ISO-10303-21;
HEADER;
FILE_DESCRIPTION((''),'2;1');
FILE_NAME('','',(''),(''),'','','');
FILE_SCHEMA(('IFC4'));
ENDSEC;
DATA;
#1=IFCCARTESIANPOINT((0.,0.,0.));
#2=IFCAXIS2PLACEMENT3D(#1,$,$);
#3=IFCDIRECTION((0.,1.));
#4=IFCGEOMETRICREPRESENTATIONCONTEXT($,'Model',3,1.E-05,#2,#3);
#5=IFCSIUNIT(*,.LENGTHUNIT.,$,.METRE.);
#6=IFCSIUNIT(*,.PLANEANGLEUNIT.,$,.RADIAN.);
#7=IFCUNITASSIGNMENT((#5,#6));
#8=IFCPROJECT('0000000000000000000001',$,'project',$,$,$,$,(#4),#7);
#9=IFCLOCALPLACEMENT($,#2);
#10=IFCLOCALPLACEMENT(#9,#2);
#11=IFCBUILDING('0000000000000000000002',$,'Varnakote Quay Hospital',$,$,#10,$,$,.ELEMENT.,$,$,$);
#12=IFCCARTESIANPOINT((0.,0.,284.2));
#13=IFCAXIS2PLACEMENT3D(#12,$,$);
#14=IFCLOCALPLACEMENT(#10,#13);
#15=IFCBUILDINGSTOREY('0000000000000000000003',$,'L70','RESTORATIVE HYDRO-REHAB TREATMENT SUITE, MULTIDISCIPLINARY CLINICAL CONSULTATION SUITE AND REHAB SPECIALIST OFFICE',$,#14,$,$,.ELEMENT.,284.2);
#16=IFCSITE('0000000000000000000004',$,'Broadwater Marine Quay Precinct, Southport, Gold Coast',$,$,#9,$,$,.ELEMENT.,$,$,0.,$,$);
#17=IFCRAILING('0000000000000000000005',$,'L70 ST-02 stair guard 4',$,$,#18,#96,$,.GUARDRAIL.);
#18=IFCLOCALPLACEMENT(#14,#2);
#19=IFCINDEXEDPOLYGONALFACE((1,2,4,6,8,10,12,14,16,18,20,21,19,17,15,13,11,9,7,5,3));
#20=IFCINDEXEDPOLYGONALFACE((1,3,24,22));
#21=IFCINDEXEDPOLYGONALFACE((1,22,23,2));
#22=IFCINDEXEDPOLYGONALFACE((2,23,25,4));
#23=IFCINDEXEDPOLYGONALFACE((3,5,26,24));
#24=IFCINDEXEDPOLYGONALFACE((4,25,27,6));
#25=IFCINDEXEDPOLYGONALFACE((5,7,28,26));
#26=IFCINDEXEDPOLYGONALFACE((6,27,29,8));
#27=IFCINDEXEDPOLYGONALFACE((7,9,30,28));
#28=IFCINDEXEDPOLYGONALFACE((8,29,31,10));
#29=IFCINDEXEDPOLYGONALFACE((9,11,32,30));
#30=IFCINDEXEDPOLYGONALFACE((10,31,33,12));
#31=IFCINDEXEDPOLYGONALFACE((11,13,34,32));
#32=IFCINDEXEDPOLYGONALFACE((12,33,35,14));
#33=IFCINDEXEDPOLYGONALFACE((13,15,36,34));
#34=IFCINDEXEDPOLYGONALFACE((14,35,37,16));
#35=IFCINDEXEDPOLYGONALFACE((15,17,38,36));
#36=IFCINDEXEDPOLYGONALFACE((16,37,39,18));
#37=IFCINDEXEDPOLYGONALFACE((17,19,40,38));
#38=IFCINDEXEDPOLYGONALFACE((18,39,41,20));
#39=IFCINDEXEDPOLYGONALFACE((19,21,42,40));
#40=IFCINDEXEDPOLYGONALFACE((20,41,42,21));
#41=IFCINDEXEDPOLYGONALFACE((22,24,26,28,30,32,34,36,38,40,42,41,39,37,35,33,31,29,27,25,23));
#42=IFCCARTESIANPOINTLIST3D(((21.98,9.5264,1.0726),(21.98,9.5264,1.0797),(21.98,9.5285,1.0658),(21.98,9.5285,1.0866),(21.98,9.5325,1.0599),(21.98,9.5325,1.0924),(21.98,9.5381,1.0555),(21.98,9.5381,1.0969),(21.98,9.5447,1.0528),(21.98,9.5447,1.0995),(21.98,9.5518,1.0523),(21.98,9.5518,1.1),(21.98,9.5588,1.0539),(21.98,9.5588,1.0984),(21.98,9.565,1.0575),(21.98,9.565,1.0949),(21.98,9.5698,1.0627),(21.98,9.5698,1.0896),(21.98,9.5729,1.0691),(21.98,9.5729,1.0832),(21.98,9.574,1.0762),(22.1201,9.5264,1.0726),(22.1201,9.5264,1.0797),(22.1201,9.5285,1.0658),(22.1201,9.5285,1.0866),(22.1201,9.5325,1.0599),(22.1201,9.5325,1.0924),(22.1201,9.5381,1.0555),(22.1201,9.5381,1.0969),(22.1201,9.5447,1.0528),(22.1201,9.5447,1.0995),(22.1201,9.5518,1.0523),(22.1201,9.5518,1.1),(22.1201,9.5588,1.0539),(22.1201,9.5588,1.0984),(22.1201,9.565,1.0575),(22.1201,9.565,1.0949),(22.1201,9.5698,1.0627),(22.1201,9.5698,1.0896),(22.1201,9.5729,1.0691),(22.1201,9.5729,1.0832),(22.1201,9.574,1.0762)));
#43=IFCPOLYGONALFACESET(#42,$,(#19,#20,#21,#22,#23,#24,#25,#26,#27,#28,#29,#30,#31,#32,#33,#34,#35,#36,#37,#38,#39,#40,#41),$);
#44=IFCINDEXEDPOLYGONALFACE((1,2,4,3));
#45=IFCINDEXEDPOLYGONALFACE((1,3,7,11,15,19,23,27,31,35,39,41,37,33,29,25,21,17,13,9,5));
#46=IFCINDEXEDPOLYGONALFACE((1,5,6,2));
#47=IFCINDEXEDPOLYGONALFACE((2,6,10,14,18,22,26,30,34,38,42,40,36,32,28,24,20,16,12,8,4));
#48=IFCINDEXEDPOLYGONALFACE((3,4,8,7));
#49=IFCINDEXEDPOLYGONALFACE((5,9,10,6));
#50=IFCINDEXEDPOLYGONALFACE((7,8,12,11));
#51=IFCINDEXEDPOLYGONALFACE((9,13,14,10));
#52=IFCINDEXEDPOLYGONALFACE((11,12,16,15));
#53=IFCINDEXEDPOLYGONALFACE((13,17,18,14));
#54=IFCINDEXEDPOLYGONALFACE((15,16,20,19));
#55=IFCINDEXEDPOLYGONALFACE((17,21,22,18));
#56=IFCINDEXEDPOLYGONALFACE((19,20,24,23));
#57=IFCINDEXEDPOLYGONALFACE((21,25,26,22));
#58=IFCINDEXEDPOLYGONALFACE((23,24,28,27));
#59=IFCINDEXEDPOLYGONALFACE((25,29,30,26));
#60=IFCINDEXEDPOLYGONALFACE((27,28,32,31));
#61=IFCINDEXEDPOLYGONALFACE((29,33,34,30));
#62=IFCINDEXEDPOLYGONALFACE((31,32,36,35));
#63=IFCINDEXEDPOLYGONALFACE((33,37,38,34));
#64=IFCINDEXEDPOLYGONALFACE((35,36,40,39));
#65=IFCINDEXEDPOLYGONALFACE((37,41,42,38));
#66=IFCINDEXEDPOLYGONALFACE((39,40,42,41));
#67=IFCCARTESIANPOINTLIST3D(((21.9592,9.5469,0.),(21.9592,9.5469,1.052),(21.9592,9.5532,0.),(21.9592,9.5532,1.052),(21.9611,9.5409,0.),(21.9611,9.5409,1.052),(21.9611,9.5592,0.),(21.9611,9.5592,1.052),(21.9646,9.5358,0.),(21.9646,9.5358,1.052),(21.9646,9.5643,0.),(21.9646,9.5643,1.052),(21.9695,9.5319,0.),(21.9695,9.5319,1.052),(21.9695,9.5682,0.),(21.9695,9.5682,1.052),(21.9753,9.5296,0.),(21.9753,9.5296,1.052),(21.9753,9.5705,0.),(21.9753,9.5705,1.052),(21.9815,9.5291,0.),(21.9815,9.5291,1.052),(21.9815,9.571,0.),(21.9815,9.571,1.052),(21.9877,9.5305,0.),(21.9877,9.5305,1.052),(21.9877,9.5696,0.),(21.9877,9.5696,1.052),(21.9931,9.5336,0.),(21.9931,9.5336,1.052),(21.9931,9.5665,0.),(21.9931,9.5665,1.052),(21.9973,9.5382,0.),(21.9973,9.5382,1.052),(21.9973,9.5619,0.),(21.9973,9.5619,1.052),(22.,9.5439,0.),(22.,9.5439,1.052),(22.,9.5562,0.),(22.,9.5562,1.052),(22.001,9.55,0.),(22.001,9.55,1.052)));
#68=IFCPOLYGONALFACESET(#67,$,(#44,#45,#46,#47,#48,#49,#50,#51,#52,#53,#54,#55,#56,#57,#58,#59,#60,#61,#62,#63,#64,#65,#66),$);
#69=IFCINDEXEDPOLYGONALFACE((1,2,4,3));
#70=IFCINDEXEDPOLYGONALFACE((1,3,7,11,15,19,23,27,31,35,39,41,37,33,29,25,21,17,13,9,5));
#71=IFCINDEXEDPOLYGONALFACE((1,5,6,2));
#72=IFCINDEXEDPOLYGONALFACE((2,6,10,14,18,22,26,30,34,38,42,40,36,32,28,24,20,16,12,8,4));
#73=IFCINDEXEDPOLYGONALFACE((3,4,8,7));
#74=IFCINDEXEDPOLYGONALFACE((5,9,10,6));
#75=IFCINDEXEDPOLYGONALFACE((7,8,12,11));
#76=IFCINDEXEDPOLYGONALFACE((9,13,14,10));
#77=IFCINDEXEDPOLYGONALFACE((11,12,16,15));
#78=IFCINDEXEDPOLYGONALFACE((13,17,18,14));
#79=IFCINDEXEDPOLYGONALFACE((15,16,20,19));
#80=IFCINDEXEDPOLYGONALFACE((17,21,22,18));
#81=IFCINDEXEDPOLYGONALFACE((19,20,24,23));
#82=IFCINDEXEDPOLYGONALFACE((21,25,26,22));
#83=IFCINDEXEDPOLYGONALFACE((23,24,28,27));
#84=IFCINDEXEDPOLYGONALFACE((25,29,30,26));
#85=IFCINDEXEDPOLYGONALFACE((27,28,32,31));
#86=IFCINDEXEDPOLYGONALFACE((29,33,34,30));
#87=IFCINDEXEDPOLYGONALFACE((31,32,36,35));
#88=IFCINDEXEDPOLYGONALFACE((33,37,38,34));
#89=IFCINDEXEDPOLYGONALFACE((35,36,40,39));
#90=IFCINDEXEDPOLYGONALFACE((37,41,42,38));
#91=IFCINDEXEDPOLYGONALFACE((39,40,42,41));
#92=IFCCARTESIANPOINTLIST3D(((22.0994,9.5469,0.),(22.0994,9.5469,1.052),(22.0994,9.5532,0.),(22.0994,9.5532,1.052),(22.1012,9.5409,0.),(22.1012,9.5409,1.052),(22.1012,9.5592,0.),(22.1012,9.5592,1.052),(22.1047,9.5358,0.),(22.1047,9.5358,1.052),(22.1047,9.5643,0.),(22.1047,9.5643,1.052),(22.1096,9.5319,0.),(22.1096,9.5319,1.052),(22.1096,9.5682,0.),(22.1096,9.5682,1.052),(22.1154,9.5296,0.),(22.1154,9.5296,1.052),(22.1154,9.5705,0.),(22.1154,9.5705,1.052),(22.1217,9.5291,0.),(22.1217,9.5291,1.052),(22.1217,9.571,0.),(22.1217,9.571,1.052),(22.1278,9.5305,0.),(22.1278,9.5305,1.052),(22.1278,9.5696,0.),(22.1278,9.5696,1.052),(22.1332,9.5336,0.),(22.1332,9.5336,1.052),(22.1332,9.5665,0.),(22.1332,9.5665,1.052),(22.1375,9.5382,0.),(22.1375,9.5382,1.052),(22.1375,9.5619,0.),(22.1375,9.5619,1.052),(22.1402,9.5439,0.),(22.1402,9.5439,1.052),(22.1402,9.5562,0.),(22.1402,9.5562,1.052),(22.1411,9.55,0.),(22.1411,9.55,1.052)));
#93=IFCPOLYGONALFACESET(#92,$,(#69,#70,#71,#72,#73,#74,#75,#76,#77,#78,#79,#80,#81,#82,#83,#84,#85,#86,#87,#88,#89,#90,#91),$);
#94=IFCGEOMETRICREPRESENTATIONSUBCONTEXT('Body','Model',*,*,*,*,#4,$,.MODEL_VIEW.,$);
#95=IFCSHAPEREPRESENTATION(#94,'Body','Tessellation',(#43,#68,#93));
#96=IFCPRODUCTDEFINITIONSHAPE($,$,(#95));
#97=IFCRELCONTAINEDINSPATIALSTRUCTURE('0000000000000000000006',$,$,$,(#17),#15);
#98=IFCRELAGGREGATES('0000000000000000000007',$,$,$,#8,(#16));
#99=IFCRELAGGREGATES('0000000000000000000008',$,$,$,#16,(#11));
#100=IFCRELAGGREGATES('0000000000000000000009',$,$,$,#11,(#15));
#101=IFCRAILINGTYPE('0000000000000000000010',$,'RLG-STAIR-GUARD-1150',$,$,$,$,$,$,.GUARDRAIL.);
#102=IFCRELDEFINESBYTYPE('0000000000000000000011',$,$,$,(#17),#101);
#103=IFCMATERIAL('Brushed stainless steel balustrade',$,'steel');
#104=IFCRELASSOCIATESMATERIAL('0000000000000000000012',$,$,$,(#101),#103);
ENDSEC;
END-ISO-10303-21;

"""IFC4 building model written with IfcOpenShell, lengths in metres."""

from ifc_helpers import new_model, si_unit, direction, frame, origin, origin_2d, place, context, subcontext, project, spatial, circle, extrude, material, type_object, element, save


model = new_model("IFC4")

# Units and contexts
model_context = context("Model", 3, precision=1e-05, world=origin(), true_north=direction((0.0, 1.0)))
body_context = subcontext(model_context, "Body", "Model", "MODEL_VIEW")
ifc_project = project(units=[si_unit("LENGTHUNIT", "METRE"), si_unit("PLANEANGLEUNIT", "RADIAN")], contexts=[model_context])

# Site, building, storey
site_placement = place(None, origin())
site = spatial("IfcSite", under=ifc_project, at=site_placement, Name="Broadwater Marine Quay Precinct, Southport, Gold Coast", CompositionType="ELEMENT", RefElevation=0.0)
building_placement = place(site_placement, origin())
building = spatial("IfcBuilding", under=site, at=building_placement, Name="Varnakote Quay Hospital", CompositionType="ELEMENT")
storey_placement = place(building_placement, frame((0.0, 0.0, 284.2)))
storey = spatial("IfcBuildingStorey", under=building, at=storey_placement, Name="L70", Description="RESTORATIVE HYDRO-REHAB TREATMENT SUITE, MULTIDISCIPLINARY CLINICAL CONSULTATION SUITE AND REHAB SPECIALIST OFFICE", CompositionType="ELEMENT", Elevation=284.2)

# Railing
ifc_material_1 = material(Name="Brushed stainless steel balustrade", Category="steel")
railing_type_1 = type_object("IfcRailingType", Name="RLG-STAIR-GUARD-1150", PredefinedType="GUARDRAIL", material=ifc_material_1)
railing_1_placement = place(storey_placement, frame((21.98, 9.55, 0.0)))
element("IfcRailing", 1, at=railing_1_placement, inside=storey, type_object=railing_type_1, Name="L70 ST-02 stair guard 4", PredefinedType="GUARDRAIL", context=body_context, shape_type="SweptSolid", body=[
    extrude(circle(Radius=0.0239, at=origin_2d()), frame((0.0, 0.0, 1.0762), z_axis=(1.0, 0.0, 0.0), x_axis=(0.0, 1.0, 0.0)), (0.0, 0.0, 1.0), 0.1401),
    extrude(circle(Radius=0.021, at=origin_2d()), origin(), (0.0, 0.0, 1.0), 1.052),
    extrude(circle(Radius=0.021, at=origin_2d()), frame((0.1401, 0.0, 0.0)), (0.0, 0.0, 1.0), 1.052),
])

save(model, "model.ifc")
